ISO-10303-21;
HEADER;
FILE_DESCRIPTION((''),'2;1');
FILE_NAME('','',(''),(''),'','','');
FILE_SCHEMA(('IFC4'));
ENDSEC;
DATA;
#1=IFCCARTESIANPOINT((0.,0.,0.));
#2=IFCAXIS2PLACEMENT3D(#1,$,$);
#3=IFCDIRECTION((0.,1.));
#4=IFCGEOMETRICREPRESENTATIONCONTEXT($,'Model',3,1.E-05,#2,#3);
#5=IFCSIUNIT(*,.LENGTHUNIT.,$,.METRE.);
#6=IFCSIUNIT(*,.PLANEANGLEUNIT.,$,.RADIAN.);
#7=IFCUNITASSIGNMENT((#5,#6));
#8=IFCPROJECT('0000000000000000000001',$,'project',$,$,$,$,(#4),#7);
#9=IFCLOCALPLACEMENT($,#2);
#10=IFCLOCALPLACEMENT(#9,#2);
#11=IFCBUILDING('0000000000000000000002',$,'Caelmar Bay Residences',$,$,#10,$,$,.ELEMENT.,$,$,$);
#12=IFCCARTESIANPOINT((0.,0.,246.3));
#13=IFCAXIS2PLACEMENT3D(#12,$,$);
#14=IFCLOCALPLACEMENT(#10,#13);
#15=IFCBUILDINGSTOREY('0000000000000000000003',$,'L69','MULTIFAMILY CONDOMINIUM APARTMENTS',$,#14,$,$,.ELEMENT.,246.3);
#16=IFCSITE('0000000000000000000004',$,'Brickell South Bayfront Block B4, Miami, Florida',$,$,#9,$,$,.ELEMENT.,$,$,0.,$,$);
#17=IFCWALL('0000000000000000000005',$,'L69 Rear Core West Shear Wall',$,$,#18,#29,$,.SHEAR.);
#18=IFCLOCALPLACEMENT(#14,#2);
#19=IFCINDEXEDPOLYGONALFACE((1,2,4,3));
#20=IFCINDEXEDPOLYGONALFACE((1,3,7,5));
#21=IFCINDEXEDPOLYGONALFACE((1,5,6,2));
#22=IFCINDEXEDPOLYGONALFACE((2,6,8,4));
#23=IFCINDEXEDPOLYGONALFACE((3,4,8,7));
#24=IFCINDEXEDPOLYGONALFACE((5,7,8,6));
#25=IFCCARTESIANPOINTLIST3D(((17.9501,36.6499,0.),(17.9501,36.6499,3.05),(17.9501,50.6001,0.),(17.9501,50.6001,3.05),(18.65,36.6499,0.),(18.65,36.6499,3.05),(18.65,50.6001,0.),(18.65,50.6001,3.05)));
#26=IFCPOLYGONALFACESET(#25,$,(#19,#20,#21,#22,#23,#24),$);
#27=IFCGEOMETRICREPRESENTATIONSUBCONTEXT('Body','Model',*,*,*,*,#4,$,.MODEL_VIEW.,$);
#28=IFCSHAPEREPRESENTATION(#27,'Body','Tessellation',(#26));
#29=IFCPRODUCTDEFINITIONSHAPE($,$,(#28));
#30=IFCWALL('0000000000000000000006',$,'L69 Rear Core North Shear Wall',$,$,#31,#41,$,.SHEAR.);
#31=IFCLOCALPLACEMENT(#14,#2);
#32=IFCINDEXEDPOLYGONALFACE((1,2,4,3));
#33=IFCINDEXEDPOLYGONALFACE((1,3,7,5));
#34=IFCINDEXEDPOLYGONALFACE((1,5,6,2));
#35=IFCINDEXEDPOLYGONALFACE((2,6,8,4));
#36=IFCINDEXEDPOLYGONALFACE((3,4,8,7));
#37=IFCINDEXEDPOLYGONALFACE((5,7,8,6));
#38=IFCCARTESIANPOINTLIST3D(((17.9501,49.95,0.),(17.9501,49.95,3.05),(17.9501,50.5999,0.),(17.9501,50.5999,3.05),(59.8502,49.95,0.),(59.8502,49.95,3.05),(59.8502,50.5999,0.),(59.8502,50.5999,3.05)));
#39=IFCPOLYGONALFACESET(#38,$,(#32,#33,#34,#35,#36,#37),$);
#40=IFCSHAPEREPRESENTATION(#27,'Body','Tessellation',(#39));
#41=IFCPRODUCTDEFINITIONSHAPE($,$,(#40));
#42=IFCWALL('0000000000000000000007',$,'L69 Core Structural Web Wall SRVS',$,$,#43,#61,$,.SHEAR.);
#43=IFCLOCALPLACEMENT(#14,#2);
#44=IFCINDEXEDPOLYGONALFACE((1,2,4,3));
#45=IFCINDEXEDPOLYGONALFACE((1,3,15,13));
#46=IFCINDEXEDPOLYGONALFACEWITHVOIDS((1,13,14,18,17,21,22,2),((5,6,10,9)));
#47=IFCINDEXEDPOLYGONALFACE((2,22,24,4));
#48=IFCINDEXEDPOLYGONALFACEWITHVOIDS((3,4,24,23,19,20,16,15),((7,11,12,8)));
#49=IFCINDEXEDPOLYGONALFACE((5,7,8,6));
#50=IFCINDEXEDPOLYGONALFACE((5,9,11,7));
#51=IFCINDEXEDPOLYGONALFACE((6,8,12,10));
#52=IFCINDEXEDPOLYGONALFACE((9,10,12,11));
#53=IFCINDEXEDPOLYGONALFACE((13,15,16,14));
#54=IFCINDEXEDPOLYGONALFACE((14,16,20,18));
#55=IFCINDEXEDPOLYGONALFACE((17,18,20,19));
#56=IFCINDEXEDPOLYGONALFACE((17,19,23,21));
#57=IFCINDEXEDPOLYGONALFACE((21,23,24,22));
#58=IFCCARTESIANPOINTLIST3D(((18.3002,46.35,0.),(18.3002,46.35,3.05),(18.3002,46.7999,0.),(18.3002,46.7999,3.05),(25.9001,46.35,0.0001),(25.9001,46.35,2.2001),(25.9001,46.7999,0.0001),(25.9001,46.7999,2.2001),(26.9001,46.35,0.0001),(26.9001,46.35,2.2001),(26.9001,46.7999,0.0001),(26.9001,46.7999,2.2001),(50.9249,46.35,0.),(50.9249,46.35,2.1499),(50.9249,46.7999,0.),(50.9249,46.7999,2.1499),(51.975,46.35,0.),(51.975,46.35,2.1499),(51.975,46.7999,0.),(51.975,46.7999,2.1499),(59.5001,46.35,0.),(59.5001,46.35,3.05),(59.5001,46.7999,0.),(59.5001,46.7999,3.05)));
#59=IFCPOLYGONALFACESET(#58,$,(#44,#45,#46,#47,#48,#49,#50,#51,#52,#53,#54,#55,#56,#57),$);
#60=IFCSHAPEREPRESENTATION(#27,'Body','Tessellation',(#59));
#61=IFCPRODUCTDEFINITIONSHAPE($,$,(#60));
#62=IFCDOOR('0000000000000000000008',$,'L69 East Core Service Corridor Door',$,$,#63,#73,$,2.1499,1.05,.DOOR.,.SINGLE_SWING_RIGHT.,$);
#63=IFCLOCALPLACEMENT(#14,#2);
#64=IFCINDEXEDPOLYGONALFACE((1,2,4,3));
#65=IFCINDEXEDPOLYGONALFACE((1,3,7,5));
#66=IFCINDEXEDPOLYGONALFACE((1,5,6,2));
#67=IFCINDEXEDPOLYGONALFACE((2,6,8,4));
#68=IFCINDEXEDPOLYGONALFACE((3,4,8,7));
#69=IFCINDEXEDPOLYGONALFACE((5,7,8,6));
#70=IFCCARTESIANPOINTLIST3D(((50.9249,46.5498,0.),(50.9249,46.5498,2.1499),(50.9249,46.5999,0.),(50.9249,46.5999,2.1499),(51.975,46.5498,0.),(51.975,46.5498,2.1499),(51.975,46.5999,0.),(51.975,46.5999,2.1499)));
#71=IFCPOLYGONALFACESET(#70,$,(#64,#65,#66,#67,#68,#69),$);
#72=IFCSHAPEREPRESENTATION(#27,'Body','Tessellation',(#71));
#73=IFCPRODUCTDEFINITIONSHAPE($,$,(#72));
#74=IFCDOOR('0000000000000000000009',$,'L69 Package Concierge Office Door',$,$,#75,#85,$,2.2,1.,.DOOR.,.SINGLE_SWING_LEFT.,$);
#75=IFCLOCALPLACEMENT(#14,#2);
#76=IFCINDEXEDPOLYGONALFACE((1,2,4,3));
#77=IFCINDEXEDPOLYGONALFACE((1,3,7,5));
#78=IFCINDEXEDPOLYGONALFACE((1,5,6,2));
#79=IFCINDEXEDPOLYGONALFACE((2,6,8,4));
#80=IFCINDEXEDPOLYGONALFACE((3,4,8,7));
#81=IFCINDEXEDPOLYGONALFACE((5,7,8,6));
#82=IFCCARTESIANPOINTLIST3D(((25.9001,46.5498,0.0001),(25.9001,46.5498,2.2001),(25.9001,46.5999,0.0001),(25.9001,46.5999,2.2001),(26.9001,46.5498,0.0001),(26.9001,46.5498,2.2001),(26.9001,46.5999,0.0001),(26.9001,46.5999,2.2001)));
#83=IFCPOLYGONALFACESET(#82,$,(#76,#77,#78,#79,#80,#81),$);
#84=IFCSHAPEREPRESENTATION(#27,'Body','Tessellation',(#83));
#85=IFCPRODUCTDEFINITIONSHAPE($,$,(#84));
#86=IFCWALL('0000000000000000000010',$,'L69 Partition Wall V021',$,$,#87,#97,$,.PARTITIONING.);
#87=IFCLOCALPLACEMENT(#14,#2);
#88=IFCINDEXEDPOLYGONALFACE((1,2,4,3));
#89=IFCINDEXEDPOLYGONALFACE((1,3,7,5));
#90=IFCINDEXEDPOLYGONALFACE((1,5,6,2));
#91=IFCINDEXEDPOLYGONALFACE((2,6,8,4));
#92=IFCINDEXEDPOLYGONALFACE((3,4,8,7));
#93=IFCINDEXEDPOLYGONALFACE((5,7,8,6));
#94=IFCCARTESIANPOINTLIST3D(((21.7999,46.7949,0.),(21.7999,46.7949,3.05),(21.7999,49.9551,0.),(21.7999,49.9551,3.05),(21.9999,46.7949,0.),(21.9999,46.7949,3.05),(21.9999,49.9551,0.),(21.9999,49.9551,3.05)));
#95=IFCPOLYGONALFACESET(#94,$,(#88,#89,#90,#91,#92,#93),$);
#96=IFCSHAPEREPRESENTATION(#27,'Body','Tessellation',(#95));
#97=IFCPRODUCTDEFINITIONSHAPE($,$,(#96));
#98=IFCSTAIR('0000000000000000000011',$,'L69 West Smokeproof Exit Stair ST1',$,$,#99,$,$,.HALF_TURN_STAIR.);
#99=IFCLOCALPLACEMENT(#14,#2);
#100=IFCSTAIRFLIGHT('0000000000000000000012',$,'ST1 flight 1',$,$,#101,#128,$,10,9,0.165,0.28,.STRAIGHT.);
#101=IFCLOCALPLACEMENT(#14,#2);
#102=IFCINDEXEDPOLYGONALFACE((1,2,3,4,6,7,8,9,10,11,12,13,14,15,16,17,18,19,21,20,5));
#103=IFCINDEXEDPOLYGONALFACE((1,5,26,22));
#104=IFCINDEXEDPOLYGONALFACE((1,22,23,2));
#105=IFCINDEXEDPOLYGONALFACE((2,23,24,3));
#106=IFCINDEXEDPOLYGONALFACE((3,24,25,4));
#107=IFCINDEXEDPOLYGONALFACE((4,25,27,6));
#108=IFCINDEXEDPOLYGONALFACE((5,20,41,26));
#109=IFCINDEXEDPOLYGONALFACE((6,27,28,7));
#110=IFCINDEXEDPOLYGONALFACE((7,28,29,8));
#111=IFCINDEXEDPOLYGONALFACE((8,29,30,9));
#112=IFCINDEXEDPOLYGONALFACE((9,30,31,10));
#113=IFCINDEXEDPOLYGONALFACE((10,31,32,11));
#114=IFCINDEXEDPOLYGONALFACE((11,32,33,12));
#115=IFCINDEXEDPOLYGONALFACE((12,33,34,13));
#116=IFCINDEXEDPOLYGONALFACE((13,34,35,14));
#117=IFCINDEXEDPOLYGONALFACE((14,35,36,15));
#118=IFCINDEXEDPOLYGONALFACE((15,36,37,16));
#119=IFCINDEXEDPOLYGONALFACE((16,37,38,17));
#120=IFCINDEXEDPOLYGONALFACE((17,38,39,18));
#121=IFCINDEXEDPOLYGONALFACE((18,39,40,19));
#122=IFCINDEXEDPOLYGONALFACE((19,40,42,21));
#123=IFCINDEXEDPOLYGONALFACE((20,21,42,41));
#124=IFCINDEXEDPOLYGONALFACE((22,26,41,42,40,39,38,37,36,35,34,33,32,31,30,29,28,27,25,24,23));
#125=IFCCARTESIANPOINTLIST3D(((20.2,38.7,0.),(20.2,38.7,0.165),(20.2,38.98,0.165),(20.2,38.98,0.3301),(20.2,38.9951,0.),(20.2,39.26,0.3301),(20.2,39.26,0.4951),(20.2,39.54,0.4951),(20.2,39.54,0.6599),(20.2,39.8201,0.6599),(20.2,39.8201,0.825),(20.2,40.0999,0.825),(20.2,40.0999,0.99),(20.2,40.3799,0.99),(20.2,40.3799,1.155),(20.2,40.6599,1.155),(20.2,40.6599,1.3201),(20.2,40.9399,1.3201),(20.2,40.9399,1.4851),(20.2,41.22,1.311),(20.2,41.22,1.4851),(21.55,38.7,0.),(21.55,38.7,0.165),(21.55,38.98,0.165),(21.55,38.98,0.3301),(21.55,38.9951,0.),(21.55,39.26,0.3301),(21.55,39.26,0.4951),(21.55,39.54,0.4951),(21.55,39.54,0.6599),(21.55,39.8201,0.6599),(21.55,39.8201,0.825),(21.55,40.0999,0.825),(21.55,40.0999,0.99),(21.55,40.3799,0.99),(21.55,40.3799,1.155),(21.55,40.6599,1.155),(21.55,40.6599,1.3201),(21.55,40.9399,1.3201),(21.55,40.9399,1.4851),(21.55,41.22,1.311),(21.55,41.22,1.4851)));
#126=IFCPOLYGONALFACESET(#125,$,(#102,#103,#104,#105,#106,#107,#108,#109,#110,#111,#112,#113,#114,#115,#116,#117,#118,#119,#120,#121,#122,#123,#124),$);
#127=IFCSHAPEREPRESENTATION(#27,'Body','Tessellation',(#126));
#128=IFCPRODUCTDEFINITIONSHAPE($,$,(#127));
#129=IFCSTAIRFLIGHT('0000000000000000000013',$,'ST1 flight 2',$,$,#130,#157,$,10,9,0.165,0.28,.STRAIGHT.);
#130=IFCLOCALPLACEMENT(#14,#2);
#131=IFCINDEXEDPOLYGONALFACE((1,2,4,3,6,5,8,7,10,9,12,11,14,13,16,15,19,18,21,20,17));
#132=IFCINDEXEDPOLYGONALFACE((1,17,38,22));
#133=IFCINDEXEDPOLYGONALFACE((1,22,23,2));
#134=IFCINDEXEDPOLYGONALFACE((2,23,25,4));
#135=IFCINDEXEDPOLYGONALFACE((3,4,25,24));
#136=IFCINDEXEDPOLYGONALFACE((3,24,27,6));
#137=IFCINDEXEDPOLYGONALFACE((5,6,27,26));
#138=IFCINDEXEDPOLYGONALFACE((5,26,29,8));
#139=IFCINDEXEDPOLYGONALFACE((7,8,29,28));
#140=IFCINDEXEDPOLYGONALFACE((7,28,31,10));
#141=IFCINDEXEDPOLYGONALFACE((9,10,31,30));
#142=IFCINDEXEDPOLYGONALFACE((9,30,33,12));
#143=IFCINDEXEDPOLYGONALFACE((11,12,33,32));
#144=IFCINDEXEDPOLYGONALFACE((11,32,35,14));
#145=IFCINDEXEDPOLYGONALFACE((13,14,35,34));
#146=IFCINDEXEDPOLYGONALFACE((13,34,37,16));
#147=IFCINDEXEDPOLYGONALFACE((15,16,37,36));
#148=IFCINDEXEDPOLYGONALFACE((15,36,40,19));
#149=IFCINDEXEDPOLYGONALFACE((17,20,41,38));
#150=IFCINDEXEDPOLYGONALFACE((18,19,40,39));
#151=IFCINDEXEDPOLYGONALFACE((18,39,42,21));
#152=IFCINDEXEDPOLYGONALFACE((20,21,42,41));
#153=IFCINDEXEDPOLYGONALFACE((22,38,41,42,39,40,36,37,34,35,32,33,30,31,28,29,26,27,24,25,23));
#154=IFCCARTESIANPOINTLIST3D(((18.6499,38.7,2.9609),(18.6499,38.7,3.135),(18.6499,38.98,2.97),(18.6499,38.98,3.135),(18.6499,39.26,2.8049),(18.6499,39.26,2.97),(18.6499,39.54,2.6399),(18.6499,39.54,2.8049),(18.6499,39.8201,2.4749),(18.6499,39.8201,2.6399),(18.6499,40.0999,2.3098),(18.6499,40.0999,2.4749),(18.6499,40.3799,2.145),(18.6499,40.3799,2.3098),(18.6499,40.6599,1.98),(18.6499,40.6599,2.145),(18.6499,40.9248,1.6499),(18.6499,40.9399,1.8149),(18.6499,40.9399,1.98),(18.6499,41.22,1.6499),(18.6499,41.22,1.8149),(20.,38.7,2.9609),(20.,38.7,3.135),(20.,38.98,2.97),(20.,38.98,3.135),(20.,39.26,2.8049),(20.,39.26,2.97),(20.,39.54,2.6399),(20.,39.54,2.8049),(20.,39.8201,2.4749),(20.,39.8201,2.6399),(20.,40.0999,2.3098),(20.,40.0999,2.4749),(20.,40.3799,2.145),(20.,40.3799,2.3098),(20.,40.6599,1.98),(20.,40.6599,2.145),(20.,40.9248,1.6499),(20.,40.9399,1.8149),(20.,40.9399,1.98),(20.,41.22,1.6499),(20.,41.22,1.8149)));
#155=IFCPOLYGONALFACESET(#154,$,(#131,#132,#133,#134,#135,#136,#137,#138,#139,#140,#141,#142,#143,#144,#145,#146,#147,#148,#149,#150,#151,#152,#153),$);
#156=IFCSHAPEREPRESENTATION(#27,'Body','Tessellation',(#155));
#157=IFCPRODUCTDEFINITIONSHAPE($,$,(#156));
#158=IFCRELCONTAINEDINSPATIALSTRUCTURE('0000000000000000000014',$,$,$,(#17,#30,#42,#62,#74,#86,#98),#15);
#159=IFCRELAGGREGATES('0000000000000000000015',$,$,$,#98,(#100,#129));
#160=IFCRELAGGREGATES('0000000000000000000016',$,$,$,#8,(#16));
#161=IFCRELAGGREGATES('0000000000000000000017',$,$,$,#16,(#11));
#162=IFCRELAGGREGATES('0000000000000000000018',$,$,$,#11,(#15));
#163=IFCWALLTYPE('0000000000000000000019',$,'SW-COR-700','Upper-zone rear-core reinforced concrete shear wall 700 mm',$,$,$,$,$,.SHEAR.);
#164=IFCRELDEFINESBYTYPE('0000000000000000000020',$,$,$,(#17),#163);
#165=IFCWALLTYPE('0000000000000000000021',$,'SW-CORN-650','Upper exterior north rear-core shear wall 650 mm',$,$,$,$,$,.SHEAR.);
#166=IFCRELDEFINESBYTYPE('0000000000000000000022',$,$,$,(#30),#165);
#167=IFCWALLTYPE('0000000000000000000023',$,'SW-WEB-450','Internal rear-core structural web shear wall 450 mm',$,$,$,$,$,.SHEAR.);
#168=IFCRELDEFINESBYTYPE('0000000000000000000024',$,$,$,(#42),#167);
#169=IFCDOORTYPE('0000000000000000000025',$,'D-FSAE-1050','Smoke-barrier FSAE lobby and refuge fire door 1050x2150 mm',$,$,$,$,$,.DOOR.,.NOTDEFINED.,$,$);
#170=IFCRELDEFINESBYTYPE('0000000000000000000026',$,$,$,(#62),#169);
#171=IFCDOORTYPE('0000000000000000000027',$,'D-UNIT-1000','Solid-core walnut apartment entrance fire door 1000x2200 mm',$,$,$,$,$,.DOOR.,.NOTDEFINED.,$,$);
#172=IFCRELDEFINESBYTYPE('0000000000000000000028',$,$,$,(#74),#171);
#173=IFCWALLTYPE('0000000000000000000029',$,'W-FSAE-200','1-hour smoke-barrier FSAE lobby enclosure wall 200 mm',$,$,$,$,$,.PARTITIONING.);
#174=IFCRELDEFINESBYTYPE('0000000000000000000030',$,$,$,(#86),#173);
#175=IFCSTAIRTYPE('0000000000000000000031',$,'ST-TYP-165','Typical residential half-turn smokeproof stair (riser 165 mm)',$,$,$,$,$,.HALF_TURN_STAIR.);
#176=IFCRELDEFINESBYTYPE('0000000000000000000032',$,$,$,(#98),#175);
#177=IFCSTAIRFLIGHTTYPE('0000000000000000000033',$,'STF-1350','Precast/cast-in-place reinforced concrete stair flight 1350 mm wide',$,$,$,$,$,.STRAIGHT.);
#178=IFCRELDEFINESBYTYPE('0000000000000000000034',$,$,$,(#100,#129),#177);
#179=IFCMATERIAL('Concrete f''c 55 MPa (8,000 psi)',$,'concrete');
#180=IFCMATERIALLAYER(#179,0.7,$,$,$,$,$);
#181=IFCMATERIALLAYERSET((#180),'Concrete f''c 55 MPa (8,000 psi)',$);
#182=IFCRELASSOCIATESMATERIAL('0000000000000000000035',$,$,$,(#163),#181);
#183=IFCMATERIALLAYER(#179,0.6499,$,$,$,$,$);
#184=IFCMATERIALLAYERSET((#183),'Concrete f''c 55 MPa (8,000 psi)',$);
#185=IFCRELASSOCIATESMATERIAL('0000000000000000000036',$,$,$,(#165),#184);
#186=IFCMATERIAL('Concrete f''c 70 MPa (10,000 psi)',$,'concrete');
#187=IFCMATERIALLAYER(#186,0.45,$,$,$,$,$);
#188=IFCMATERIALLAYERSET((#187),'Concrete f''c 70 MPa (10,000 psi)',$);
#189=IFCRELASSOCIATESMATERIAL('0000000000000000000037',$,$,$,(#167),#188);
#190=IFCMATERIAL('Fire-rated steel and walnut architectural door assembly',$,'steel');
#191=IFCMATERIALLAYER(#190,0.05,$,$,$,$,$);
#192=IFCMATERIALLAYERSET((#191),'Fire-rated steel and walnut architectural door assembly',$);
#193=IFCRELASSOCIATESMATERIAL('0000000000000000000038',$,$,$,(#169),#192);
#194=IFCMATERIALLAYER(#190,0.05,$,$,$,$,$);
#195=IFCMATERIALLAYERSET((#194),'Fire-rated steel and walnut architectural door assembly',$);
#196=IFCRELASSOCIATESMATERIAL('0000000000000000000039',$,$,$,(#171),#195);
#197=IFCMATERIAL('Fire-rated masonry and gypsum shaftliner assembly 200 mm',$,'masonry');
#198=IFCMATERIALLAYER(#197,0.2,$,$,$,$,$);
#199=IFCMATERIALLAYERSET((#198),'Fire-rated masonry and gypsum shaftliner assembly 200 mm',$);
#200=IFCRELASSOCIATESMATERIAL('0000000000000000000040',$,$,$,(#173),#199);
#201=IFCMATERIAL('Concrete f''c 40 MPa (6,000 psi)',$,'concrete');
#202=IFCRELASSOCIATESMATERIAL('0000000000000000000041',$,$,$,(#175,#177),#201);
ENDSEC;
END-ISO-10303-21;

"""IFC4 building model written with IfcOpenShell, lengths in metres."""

from ifc_helpers import new_model, si_unit, direction, frame, frame_2d, origin, place, context, subcontext, project, spatial, polyline, rectangle, outline, extrude, material, layer, layer_set, type_object, element, fill, aggregate, save


model = new_model("IFC4")

# Units and contexts
model_context = context("Model", 3, precision=1e-05, world=origin(), true_north=direction((0.0, 1.0)))
body_context = subcontext(model_context, "Body", "Model", "MODEL_VIEW")
ifc_project = project(units=[si_unit("LENGTHUNIT", "METRE"), si_unit("PLANEANGLEUNIT", "RADIAN")], contexts=[model_context])

# Site, building, storey
site_placement = place(None, origin())
site = spatial("IfcSite", under=ifc_project, at=site_placement, Name="Brickell South Bayfront Block B4, Miami, Florida", CompositionType="ELEMENT", RefElevation=0.0)
building_placement = place(site_placement, origin())
building = spatial("IfcBuilding", under=site, at=building_placement, Name="Caelmar Bay Residences", CompositionType="ELEMENT")
storey_placement = place(building_placement, frame((0.0, 0.0, 246.3)))
storey = spatial("IfcBuildingStorey", under=building, at=storey_placement, Name="L69", Description="MULTIFAMILY CONDOMINIUM APARTMENTS", CompositionType="ELEMENT", Elevation=246.3)

# Wall
ifc_material_1 = material(Name="Concrete f'c 55 MPa (8,000 psi)", Category="concrete")
ifc_layer_1 = layer(ifc_material_1, 0.7)
ifc_layer_set_1 = layer_set([ifc_layer_1], Name="Concrete f'c 55 MPa (8,000 psi)")
wall_type_1 = type_object("IfcWallType", Name="SW-COR-700", Description="Upper-zone rear-core reinforced concrete shear wall 700 mm", PredefinedType="SHEAR", material=ifc_layer_set_1)
wall_1_placement = place(storey_placement, frame((18.3, 36.6499, 0.0), z_axis=(0.0, 0.0, 1.0), x_axis=(0.0, 1.0, 0.0)))
element("IfcWall", 1, at=wall_1_placement, inside=storey, type_object=wall_type_1, Name="L69 Rear Core West Shear Wall", PredefinedType="SHEAR", context=body_context, shape_type="SweptSolid", body=[
    extrude(rectangle(XDim=13.9502, YDim=0.7, at=frame_2d((6.9751, 0.0))), origin(), (0.0, 0.0, 1.0), 3.05),
])

# Shared definitions
ifc_material_2 = material(Name="Fire-rated steel and walnut architectural door assembly", Category="steel")

# Wall
ifc_layer_2 = layer(ifc_material_1, 0.6499)
ifc_layer_set_2 = layer_set([ifc_layer_2], Name="Concrete f'c 55 MPa (8,000 psi)")
wall_type_2 = type_object("IfcWallType", Name="SW-CORN-650", Description="Upper exterior north rear-core shear wall 650 mm", PredefinedType="SHEAR", material=ifc_layer_set_2)
wall_2_placement = place(storey_placement, frame((17.95, 50.2749, 0.0), z_axis=(0.0, 0.0, 1.0), x_axis=(1.0, 0.0, 0.0)))
element("IfcWall", 2, at=wall_2_placement, inside=storey, type_object=wall_type_2, Name="L69 Rear Core North Shear Wall", PredefinedType="SHEAR", context=body_context, shape_type="SweptSolid", body=[
    extrude(rectangle(XDim=41.9001, YDim=0.6499, at=frame_2d((20.9502, 0.0))), origin(), (0.0, 0.0, 1.0), 3.05),
])

# Wall, openings, doors
ifc_material_3 = material(Name="Concrete f'c 70 MPa (10,000 psi)", Category="concrete")
ifc_layer_3 = layer(ifc_material_3, 0.45)
ifc_layer_set_3 = layer_set([ifc_layer_3], Name="Concrete f'c 70 MPa (10,000 psi)")
wall_type_3 = type_object("IfcWallType", Name="SW-WEB-450", Description="Internal rear-core structural web shear wall 450 mm", PredefinedType="SHEAR", material=ifc_layer_set_3)
ifc_layer_4 = layer(ifc_material_2, 0.05)
ifc_layer_set_4 = layer_set([ifc_layer_4], Name="Fire-rated steel and walnut architectural door assembly")
door_type_1 = type_object("IfcDoorType", Name="D-FSAE-1050", Description="Smoke-barrier FSAE lobby and refuge fire door 1050x2150 mm", OperationType="NOTDEFINED", PredefinedType="DOOR", material=ifc_layer_set_4)
ifc_layer_5 = layer(ifc_material_2, 0.05)
ifc_layer_set_5 = layer_set([ifc_layer_5], Name="Fire-rated steel and walnut architectural door assembly")
door_type_2 = type_object("IfcDoorType", Name="D-UNIT-1000", Description="Solid-core walnut apartment entrance fire door 1000x2200 mm", OperationType="NOTDEFINED", PredefinedType="DOOR", material=ifc_layer_set_5)
wall_3_placement = place(storey_placement, frame((18.3, 46.575, 0.0), z_axis=(0.0, 0.0, 1.0), x_axis=(1.0, 0.0, 0.0)))
wall_3 = element("IfcWall", 3, at=wall_3_placement, inside=storey, type_object=wall_type_3, Name="L69 Core Structural Web Wall SRVS", PredefinedType="SHEAR", context=body_context, shape_type="SweptSolid", body=[
    extrude(rectangle(XDim=41.2, YDim=0.45, at=frame_2d((20.6001, 0.0))), origin(), (0.0, 0.0, 1.0), 3.05),
])
opening_1_placement = place(wall_3_placement, frame((7.6001, 0.0, 0.0)))
opening_1 = element("IfcOpeningElement", 4, at=opening_1_placement, cuts=wall_3, PredefinedType="OPENING", context=body_context, shape_type="SweptSolid", body=[
    extrude(rectangle(XDim=1.0, YDim=2.2, at=frame_2d((0.5, 1.1001))), frame((0.0, 0.2349, 0.0), z_axis=(0.0, -1.0, 0.0), x_axis=(1.0, 0.0, 0.0)), (0.0, 0.0, 1.0), 0.47),
])
opening_2_placement = place(wall_3_placement, frame((32.625, 0.0, 0.0)))
opening_2 = element("IfcOpeningElement", 5, at=opening_2_placement, cuts=wall_3, PredefinedType="OPENING", context=body_context, shape_type="SweptSolid", body=[
    extrude(rectangle(XDim=1.05, YDim=2.1499, at=frame_2d((0.5249, 1.075))), frame((0.0, 0.2349, 0.0), z_axis=(0.0, -1.0, 0.0), x_axis=(1.0, 0.0, 0.0)), (0.0, 0.0, 1.0), 0.47),
])
door_1_placement = place(opening_2_placement, origin())
door_1 = element("IfcDoor", 6, at=door_1_placement, inside=storey, type_object=door_type_1, Name="L69 East Core Service Corridor Door", OperationType="SINGLE_SWING_RIGHT", OverallHeight=2.1499, OverallWidth=1.05, PredefinedType="DOOR", context=body_context, shape_type="SweptSolid", body=[
    extrude(rectangle(XDim=1.05, YDim=2.1499, at=frame_2d((0.5249, 1.075))), frame((0.0, 0.0249, 0.0), z_axis=(0.0, -1.0, 0.0), x_axis=(1.0, 0.0, 0.0)), (0.0, 0.0, 1.0), 0.05),
])
fill(opening_2, door_1)
door_2_placement = place(opening_1_placement, origin())
door_2 = element("IfcDoor", 7, at=door_2_placement, inside=storey, type_object=door_type_2, Name="L69 Package Concierge Office Door", OperationType="SINGLE_SWING_LEFT", OverallHeight=2.2, OverallWidth=1.0, PredefinedType="DOOR", context=body_context, shape_type="SweptSolid", body=[
    extrude(rectangle(XDim=1.0, YDim=2.2, at=frame_2d((0.5, 1.1001))), frame((0.0, 0.0249, 0.0), z_axis=(0.0, -1.0, 0.0), x_axis=(1.0, 0.0, 0.0)), (0.0, 0.0, 1.0), 0.05),
])
fill(opening_1, door_2)

# Wall
ifc_material_4 = material(Name="Fire-rated masonry and gypsum shaftliner assembly 200 mm", Category="masonry")
ifc_layer_6 = layer(ifc_material_4, 0.2)
ifc_layer_set_6 = layer_set([ifc_layer_6], Name="Fire-rated masonry and gypsum shaftliner assembly 200 mm")
wall_type_4 = type_object("IfcWallType", Name="W-FSAE-200", Description="1-hour smoke-barrier FSAE lobby enclosure wall 200 mm", PredefinedType="PARTITIONING", material=ifc_layer_set_6)
wall_4_placement = place(storey_placement, frame((21.8999, 46.7949, 0.0), z_axis=(0.0, 0.0, 1.0), x_axis=(0.0, 1.0, 0.0)))
element("IfcWall", 8, at=wall_4_placement, inside=storey, type_object=wall_type_4, Name="L69 Partition Wall V021", PredefinedType="PARTITIONING", context=body_context, shape_type="SweptSolid", body=[
    extrude(rectangle(XDim=3.1602, YDim=0.2, at=frame_2d((1.5801, 0.0))), origin(), (0.0, 0.0, 1.0), 3.05),
])

# Stair, stair flights
ifc_material_5 = material(Name="Concrete f'c 40 MPa (6,000 psi)", Category="concrete")
stair_type = type_object("IfcStairType", Name="ST-TYP-165", Description="Typical residential half-turn smokeproof stair (riser 165 mm)", PredefinedType="HALF_TURN_STAIR", material=ifc_material_5)
stair_placement = place(storey_placement, origin())
stair = element("IfcStair", 9, at=stair_placement, inside=storey, type_object=stair_type, Name="L69 West Smokeproof Exit Stair ST1", PredefinedType="HALF_TURN_STAIR")
stair_flight_type = type_object("IfcStairFlightType", Name="STF-1350", Description="Precast/cast-in-place reinforced concrete stair flight 1350 mm wide", PredefinedType="STRAIGHT", material=ifc_material_5)
stair_flight_1_placement = place(storey_placement, frame((20.875, 38.7, 0.0), z_axis=(0.0, 0.0, 1.0), x_axis=(0.0, 1.0, 0.0)))
stair_flight_1 = element("IfcStairFlight", 10, at=stair_flight_1_placement, type_object=stair_flight_type, Name="ST1 flight 1", NumberOfRisers=10, NumberOfTreads=9, PredefinedType="STRAIGHT", RiserHeight=0.165, TreadLength=0.28, context=body_context, shape_type="SweptSolid", body=[
    extrude(outline(polyline([(0.0, 0.0), (0.0, 0.165), (0.28, 0.165), (0.28, 0.3301), (0.5601, 0.3301), (0.5601, 0.4951), (0.8401, 0.4951), (0.8401, 0.6599), (1.1201, 0.6599), (1.1201, 0.825), (1.3999, 0.825), (1.3999, 0.99), (1.6799, 0.99), (1.6799, 1.155), (1.96, 1.155), (1.96, 1.3201), (2.24, 1.3201), (2.24, 1.4851), (2.52, 1.4851), (2.52, 1.6499), (2.52, 1.311), (0.2952, 0.0), (0.0, 0.0)])), frame((0.0, 0.675, 0.0), z_axis=(0.0, -1.0, 0.0), x_axis=(1.0, 0.0, 0.0)), (0.0, 0.0, 1.0), 1.3501),
])
stair_flight_2_placement = place(storey_placement, frame((19.325, 41.22, 1.6499), z_axis=(0.0, 0.0, 1.0), x_axis=(0.0, -1.0, 0.0)))
stair_flight_2 = element("IfcStairFlight", 11, at=stair_flight_2_placement, type_object=stair_flight_type, Name="ST1 flight 2", NumberOfRisers=10, NumberOfTreads=9, PredefinedType="STRAIGHT", RiserHeight=0.165, TreadLength=0.28, context=body_context, shape_type="SweptSolid", body=[
    extrude(outline(polyline([(0.0, 0.0), (0.0, 0.165), (0.28, 0.165), (0.28, 0.3301), (0.5601, 0.3301), (0.5601, 0.4951), (0.8401, 0.4951), (0.8401, 0.6599), (1.1201, 0.6599), (1.1201, 0.825), (1.3999, 0.825), (1.3999, 0.99), (1.6799, 0.99), (1.6799, 1.155), (1.96, 1.155), (1.96, 1.3201), (2.24, 1.3201), (2.24, 1.4851), (2.52, 1.4851), (2.52, 1.6499), (2.52, 1.311), (0.2952, 0.0), (0.0, 0.0)])), frame((0.0, 0.675, 0.0), z_axis=(0.0, -1.0, 0.0), x_axis=(1.0, 0.0, 0.0)), (0.0, 0.0, 1.0), 1.3501),
])
aggregate(stair, [stair_flight_1, stair_flight_2])

save(model, "model.ifc")
